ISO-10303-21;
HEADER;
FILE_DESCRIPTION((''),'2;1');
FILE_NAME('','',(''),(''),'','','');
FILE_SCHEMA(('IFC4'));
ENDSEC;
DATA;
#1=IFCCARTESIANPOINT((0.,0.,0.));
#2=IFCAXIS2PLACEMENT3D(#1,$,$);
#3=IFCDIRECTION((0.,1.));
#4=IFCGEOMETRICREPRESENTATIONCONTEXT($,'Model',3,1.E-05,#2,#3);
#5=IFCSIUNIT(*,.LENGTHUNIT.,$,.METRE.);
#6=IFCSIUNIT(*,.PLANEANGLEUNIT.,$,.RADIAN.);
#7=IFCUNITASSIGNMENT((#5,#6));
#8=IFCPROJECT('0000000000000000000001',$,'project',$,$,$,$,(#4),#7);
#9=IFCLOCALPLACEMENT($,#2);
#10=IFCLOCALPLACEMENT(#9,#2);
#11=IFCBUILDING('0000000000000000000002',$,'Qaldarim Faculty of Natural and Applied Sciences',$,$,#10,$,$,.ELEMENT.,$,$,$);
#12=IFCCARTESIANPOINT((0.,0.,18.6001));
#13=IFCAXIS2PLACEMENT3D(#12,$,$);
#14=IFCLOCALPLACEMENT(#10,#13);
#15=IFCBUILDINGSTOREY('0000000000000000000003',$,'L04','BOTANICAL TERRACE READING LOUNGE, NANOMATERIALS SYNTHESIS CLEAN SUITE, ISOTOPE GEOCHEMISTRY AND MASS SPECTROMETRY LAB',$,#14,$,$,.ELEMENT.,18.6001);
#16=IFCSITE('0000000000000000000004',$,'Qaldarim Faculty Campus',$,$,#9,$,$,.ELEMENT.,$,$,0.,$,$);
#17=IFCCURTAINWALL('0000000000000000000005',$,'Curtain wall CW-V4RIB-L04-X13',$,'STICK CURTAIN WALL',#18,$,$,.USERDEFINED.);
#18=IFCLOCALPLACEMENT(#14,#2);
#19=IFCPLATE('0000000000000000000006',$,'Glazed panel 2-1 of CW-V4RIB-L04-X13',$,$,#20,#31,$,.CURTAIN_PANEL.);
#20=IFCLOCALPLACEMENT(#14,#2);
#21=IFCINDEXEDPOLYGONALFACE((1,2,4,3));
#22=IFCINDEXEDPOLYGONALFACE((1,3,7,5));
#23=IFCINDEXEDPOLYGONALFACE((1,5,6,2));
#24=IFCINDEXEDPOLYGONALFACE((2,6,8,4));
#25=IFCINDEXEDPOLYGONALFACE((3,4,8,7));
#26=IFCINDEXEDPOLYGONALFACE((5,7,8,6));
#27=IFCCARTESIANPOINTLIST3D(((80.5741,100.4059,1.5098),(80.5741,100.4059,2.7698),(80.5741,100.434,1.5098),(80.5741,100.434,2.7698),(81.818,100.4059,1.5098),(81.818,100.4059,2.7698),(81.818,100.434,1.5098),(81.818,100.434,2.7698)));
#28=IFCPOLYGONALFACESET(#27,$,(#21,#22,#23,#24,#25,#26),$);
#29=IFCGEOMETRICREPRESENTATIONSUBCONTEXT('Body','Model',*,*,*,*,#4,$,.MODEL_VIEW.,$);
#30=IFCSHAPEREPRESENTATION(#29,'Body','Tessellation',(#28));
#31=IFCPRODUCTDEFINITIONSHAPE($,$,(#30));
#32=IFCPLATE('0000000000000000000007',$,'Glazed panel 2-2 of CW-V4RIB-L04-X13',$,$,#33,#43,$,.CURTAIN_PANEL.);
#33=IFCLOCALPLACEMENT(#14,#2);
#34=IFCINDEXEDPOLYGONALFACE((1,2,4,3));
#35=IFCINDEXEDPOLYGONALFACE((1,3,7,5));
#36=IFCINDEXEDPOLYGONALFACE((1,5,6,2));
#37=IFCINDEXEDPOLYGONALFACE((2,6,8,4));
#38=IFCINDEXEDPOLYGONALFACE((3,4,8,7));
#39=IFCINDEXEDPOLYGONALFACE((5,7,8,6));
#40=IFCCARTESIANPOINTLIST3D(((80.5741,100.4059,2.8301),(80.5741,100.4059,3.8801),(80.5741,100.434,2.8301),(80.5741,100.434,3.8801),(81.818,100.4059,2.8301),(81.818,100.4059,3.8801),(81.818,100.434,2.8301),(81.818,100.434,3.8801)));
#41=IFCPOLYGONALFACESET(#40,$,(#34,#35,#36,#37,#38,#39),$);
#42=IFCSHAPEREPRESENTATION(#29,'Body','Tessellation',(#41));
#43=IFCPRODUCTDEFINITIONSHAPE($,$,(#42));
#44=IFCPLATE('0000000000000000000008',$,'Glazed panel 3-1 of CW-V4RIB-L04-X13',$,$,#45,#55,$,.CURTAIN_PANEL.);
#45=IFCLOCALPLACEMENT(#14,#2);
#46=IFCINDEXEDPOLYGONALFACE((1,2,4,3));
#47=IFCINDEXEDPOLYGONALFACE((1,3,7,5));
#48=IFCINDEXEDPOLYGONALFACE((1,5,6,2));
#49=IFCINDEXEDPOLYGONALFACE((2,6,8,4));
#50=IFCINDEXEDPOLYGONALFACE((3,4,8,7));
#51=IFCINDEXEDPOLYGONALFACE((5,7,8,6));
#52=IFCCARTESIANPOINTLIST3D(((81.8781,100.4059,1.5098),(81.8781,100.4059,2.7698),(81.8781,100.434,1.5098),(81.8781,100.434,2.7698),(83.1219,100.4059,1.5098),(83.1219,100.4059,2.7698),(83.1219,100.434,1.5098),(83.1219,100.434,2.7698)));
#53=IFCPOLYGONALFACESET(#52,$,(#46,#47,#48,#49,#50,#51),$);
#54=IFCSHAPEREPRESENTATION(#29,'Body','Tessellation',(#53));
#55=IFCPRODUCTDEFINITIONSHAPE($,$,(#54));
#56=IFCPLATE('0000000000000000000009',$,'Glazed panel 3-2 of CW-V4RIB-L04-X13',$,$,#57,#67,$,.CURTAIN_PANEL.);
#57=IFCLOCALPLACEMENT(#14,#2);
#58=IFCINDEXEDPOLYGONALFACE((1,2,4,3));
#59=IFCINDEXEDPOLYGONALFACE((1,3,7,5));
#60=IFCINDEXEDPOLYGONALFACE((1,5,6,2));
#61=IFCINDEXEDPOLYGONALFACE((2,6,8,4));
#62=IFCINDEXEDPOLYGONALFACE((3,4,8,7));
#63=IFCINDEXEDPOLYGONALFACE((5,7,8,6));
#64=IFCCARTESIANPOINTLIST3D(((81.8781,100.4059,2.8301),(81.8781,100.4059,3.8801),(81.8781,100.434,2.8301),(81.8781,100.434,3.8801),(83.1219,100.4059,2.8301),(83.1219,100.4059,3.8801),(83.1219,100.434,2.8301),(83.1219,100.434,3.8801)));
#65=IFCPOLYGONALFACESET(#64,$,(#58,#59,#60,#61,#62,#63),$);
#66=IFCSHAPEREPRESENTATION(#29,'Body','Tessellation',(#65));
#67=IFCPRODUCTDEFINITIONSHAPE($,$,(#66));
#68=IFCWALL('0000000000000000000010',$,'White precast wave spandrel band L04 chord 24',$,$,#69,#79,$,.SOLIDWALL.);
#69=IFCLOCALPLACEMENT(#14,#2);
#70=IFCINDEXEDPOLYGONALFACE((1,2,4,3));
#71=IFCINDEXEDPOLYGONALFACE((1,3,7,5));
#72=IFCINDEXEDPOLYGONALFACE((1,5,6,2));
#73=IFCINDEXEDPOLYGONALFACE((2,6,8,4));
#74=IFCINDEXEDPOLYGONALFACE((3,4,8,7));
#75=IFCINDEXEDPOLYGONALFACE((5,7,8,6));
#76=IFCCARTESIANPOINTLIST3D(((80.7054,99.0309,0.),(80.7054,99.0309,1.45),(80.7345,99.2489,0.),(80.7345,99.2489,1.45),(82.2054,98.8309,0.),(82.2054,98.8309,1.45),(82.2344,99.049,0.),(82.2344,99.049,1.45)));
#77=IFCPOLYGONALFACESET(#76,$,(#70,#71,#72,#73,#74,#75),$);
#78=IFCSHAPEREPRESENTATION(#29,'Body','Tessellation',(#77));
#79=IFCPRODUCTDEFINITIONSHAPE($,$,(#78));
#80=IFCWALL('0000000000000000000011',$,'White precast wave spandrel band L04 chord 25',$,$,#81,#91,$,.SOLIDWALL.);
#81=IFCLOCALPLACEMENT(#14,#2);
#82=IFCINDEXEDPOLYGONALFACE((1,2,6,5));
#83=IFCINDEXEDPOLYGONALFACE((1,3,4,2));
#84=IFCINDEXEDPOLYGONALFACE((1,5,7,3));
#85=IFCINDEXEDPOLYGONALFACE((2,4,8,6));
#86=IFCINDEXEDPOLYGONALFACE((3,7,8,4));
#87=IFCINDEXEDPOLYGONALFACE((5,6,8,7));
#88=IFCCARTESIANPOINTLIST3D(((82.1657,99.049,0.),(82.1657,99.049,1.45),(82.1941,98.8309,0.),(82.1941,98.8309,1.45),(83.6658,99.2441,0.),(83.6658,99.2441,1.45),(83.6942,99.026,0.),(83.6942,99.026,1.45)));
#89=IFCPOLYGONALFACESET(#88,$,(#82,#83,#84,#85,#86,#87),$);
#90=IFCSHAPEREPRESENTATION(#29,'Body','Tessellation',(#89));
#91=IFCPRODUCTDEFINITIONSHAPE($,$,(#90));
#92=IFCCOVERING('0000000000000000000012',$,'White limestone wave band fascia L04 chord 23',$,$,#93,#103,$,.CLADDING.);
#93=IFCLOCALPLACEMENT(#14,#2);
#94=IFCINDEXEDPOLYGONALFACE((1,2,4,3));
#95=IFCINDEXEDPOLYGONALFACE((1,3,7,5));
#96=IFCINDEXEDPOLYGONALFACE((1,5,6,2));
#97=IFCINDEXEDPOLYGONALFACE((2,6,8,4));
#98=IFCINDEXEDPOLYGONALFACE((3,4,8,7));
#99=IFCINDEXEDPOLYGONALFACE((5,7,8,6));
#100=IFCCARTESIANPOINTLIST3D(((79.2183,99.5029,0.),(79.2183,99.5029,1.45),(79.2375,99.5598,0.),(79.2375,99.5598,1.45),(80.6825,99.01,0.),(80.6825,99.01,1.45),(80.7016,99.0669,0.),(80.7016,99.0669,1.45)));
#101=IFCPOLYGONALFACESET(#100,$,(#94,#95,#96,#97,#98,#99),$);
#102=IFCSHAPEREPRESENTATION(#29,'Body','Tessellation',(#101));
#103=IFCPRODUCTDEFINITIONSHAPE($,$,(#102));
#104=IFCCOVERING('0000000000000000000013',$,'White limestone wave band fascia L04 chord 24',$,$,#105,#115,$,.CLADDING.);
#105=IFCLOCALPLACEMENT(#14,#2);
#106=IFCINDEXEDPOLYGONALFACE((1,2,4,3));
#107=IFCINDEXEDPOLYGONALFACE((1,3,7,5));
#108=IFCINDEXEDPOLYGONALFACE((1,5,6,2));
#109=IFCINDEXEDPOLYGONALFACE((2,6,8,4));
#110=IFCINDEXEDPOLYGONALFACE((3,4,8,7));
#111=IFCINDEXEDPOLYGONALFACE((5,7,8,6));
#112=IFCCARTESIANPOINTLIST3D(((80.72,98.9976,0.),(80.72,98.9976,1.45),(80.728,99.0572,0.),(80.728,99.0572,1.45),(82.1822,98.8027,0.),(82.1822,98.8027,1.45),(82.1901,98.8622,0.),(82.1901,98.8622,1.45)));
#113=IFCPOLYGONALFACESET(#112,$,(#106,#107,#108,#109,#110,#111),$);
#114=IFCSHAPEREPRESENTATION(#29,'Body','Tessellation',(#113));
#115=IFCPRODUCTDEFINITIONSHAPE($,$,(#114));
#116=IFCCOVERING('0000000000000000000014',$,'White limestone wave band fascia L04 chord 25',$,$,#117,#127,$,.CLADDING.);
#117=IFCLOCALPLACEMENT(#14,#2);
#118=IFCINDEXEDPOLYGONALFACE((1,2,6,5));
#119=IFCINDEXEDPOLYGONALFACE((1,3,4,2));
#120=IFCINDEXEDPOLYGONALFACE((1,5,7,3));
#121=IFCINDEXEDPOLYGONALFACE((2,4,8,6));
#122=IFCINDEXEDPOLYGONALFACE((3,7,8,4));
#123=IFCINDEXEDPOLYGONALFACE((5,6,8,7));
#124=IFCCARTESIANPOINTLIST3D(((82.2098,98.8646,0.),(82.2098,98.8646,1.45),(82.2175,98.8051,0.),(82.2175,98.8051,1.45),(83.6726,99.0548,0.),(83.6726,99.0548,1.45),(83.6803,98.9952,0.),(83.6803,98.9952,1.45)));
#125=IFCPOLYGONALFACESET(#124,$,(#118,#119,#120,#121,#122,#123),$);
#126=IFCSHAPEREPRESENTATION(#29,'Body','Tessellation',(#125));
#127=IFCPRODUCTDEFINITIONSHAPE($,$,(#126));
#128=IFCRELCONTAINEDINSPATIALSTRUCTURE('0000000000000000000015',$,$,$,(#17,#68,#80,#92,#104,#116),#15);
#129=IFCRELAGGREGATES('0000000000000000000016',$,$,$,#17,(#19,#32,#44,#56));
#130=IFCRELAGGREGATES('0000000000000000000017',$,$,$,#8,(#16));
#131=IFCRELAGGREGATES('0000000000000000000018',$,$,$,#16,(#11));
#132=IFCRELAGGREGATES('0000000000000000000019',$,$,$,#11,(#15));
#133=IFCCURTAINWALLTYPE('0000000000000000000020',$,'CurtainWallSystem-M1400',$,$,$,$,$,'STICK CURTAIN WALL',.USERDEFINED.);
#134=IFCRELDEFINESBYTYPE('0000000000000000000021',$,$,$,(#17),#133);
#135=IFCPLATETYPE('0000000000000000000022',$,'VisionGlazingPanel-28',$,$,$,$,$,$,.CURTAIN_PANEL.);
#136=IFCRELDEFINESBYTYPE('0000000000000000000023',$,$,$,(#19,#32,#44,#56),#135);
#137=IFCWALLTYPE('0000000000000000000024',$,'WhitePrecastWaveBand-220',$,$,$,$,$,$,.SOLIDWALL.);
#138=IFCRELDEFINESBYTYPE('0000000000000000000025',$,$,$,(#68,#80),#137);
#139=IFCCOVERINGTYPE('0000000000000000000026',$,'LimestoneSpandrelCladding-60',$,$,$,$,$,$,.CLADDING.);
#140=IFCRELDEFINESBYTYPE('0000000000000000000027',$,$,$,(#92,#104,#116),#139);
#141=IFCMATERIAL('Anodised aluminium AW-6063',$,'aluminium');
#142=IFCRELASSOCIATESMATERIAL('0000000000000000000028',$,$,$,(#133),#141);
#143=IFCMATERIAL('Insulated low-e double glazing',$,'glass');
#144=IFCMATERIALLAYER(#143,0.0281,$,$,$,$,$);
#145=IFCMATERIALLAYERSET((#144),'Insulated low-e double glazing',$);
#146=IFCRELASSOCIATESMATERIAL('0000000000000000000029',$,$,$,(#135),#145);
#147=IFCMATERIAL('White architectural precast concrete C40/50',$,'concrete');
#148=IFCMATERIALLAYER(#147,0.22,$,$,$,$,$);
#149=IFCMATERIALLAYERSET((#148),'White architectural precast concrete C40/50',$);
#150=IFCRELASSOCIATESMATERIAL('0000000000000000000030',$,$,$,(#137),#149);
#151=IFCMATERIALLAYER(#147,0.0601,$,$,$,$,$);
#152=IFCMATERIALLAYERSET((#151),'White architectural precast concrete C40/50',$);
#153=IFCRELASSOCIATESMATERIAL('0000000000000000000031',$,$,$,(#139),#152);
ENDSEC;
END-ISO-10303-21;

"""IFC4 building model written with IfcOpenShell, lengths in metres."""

from ifc_helpers import new_model, si_unit, direction, frame, frame_2d, origin, origin_2d, place, context, subcontext, project, spatial, rectangle, extrude, material, layer, layer_set, type_object, element, aggregate, save


model = new_model("IFC4")

# Units and contexts
model_context = context("Model", 3, precision=1e-05, world=origin(), true_north=direction((0.0, 1.0)))
body_context = subcontext(model_context, "Body", "Model", "MODEL_VIEW")
ifc_project = project(units=[si_unit("LENGTHUNIT", "METRE"), si_unit("PLANEANGLEUNIT", "RADIAN")], contexts=[model_context])

# Site, building, storey
site_placement = place(None, origin())
site = spatial("IfcSite", under=ifc_project, at=site_placement, Name="Qaldarim Faculty Campus", CompositionType="ELEMENT", RefElevation=0.0)
building_placement = place(site_placement, origin())
building = spatial("IfcBuilding", under=site, at=building_placement, Name="Qaldarim Faculty of Natural and Applied Sciences", CompositionType="ELEMENT")
storey_placement = place(building_placement, frame((0.0, 0.0, 18.6001)))
storey = spatial("IfcBuildingStorey", under=building, at=storey_placement, Name="L04", Description="BOTANICAL TERRACE READING LOUNGE, NANOMATERIALS SYNTHESIS CLEAN SUITE, ISOTOPE GEOCHEMISTRY AND MASS SPECTROMETRY LAB", CompositionType="ELEMENT", Elevation=18.6001)

# Curtain wall, plates
ifc_material_1 = material(Name="Anodised aluminium AW-6063", Category="aluminium")
curtain_wall_type = type_object("IfcCurtainWallType", Name="CurtainWallSystem-M1400", ElementType="STICK CURTAIN WALL", PredefinedType="USERDEFINED", material=ifc_material_1)
curtain_wall_placement = place(storey_placement, origin())
curtain_wall = element("IfcCurtainWall", 1, at=curtain_wall_placement, inside=storey, type_object=curtain_wall_type, Name="Curtain wall CW-V4RIB-L04-X13", ObjectType="STICK CURTAIN WALL", PredefinedType="USERDEFINED")
ifc_material_2 = material(Name="Insulated low-e double glazing", Category="glass")
ifc_layer_1 = layer(ifc_material_2, 0.0281)
ifc_layer_set_1 = layer_set([ifc_layer_1], Name="Insulated low-e double glazing")
plate_type = type_object("IfcPlateType", Name="VisionGlazingPanel-28", PredefinedType="CURTAIN_PANEL", material=ifc_layer_set_1)
plate_1_placement = place(storey_placement, frame((81.196, 100.4199, 1.5098), z_axis=(0.0, 0.0, 1.0), x_axis=(1.0, 0.0, 0.0)))
plate_1 = element("IfcPlate", 2, at=plate_1_placement, type_object=plate_type, Name="Glazed panel 2-1 of CW-V4RIB-L04-X13", PredefinedType="CURTAIN_PANEL", context=body_context, shape_type="SweptSolid", body=[
    extrude(rectangle(XDim=1.2439, YDim=0.0281, at=origin_2d()), origin(), (0.0, 0.0, 1.0), 1.26),
])
plate_2_placement = place(storey_placement, frame((81.196, 100.4199, 2.8301), z_axis=(0.0, 0.0, 1.0), x_axis=(1.0, 0.0, 0.0)))
plate_2 = element("IfcPlate", 3, at=plate_2_placement, type_object=plate_type, Name="Glazed panel 2-2 of CW-V4RIB-L04-X13", PredefinedType="CURTAIN_PANEL", context=body_context, shape_type="SweptSolid", body=[
    extrude(rectangle(XDim=1.2439, YDim=0.0281, at=origin_2d()), origin(), (0.0, 0.0, 1.0), 1.05),
])
plate_3_placement = place(storey_placement, frame((82.5, 100.4199, 1.5098), z_axis=(0.0, 0.0, 1.0), x_axis=(1.0, 0.0, 0.0)))
plate_3 = element("IfcPlate", 4, at=plate_3_placement, type_object=plate_type, Name="Glazed panel 3-1 of CW-V4RIB-L04-X13", PredefinedType="CURTAIN_PANEL", context=body_context, shape_type="SweptSolid", body=[
    extrude(rectangle(XDim=1.2439, YDim=0.0281, at=origin_2d()), origin(), (0.0, 0.0, 1.0), 1.26),
])
plate_4_placement = place(storey_placement, frame((82.5, 100.4199, 2.8301), z_axis=(0.0, 0.0, 1.0), x_axis=(1.0, 0.0, 0.0)))
plate_4 = element("IfcPlate", 5, at=plate_4_placement, type_object=plate_type, Name="Glazed panel 3-2 of CW-V4RIB-L04-X13", PredefinedType="CURTAIN_PANEL", context=body_context, shape_type="SweptSolid", body=[
    extrude(rectangle(XDim=1.2439, YDim=0.0281, at=origin_2d()), origin(), (0.0, 0.0, 1.0), 1.05),
])
aggregate(curtain_wall, [plate_1, plate_2, plate_3, plate_4])

# Walls
ifc_material_3 = material(Name="White architectural precast concrete C40/50", Category="concrete")
ifc_layer_2 = layer(ifc_material_3, 0.22)
ifc_layer_set_2 = layer_set([ifc_layer_2], Name="White architectural precast concrete C40/50")
wall_type = type_object("IfcWallType", Name="WhitePrecastWaveBand-220", PredefinedType="SOLIDWALL", material=ifc_layer_set_2)
wall_1_placement = place(storey_placement, frame((80.72, 99.1399, 0.0), z_axis=(0.0, 0.0, 1.0), x_axis=(0.991232, -0.132132, 0.0)))
element("IfcWall", 6, at=wall_1_placement, inside=storey, type_object=wall_type, Name="White precast wave spandrel band L04 chord 24", PredefinedType="SOLIDWALL", context=body_context, shape_type="SweptSolid", body=[
    extrude(rectangle(XDim=1.5132, YDim=0.22, at=frame_2d((0.7566, 0.0))), origin(), (0.0, 0.0, 1.0), 1.45),
])
wall_2_placement = place(storey_placement, frame((82.1799, 98.9399, 0.0), z_axis=(0.0, 0.0, 1.0), x_axis=(0.99165, 0.12896, 0.0)))
element("IfcWall", 7, at=wall_2_placement, inside=storey, type_object=wall_type, Name="White precast wave spandrel band L04 chord 25", PredefinedType="SOLIDWALL", context=body_context, shape_type="SweptSolid", body=[
    extrude(rectangle(XDim=1.5127, YDim=0.22, at=frame_2d((0.7563, 0.0))), origin(), (0.0, 0.0, 1.0), 1.45),
])

# Coverings
ifc_layer_3 = layer(ifc_material_3, 0.0601)
ifc_layer_set_3 = layer_set([ifc_layer_3], Name="White architectural precast concrete C40/50")
covering_type = type_object("IfcCoveringType", Name="LimestoneSpandrelCladding-60", PredefinedType="CLADDING", material=ifc_layer_set_3)
covering_placement = place(storey_placement, frame((79.96, 99.2849, 0.0), z_axis=(0.0, 0.0, 1.0), x_axis=(0.947729, -0.319075, 0.0)))
element("IfcCovering", 8, at=covering_placement, inside=storey, type_object=covering_type, Name="White limestone wave band fascia L04 chord 23", PredefinedType="CLADDING", context=body_context, shape_type="SweptSolid", body=[
    extrude(rectangle(XDim=1.5449, YDim=0.0601, at=origin_2d()), origin(), (0.0, 0.0, 1.0), 1.45),
])
for number, where, z_axis, x_axis, name in (
    (9, (81.4551, 98.9299, 0.0), (0.0, 0.0, 1.0), (0.991227, -0.13217, 0.0), "White limestone wave band fascia L04 chord 24"),
    (10, (82.9451, 98.9299, 0.0), (0.0, 0.0, 1.0), (0.991655, 0.128917, 0.0), "White limestone wave band fascia L04 chord 25"),
):
    element("IfcCovering", number, at=place(storey_placement, frame(where, z_axis=z_axis, x_axis=x_axis)), inside=storey, type_object=covering_type, Name=name, PredefinedType="CLADDING", context=body_context, shape_type="SweptSolid", body=[
        extrude(rectangle(XDim=1.4751, YDim=0.0601, at=origin_2d()), origin(), (0.0, 0.0, 1.0), 1.45),
    ])

save(model, "model.ifc")
